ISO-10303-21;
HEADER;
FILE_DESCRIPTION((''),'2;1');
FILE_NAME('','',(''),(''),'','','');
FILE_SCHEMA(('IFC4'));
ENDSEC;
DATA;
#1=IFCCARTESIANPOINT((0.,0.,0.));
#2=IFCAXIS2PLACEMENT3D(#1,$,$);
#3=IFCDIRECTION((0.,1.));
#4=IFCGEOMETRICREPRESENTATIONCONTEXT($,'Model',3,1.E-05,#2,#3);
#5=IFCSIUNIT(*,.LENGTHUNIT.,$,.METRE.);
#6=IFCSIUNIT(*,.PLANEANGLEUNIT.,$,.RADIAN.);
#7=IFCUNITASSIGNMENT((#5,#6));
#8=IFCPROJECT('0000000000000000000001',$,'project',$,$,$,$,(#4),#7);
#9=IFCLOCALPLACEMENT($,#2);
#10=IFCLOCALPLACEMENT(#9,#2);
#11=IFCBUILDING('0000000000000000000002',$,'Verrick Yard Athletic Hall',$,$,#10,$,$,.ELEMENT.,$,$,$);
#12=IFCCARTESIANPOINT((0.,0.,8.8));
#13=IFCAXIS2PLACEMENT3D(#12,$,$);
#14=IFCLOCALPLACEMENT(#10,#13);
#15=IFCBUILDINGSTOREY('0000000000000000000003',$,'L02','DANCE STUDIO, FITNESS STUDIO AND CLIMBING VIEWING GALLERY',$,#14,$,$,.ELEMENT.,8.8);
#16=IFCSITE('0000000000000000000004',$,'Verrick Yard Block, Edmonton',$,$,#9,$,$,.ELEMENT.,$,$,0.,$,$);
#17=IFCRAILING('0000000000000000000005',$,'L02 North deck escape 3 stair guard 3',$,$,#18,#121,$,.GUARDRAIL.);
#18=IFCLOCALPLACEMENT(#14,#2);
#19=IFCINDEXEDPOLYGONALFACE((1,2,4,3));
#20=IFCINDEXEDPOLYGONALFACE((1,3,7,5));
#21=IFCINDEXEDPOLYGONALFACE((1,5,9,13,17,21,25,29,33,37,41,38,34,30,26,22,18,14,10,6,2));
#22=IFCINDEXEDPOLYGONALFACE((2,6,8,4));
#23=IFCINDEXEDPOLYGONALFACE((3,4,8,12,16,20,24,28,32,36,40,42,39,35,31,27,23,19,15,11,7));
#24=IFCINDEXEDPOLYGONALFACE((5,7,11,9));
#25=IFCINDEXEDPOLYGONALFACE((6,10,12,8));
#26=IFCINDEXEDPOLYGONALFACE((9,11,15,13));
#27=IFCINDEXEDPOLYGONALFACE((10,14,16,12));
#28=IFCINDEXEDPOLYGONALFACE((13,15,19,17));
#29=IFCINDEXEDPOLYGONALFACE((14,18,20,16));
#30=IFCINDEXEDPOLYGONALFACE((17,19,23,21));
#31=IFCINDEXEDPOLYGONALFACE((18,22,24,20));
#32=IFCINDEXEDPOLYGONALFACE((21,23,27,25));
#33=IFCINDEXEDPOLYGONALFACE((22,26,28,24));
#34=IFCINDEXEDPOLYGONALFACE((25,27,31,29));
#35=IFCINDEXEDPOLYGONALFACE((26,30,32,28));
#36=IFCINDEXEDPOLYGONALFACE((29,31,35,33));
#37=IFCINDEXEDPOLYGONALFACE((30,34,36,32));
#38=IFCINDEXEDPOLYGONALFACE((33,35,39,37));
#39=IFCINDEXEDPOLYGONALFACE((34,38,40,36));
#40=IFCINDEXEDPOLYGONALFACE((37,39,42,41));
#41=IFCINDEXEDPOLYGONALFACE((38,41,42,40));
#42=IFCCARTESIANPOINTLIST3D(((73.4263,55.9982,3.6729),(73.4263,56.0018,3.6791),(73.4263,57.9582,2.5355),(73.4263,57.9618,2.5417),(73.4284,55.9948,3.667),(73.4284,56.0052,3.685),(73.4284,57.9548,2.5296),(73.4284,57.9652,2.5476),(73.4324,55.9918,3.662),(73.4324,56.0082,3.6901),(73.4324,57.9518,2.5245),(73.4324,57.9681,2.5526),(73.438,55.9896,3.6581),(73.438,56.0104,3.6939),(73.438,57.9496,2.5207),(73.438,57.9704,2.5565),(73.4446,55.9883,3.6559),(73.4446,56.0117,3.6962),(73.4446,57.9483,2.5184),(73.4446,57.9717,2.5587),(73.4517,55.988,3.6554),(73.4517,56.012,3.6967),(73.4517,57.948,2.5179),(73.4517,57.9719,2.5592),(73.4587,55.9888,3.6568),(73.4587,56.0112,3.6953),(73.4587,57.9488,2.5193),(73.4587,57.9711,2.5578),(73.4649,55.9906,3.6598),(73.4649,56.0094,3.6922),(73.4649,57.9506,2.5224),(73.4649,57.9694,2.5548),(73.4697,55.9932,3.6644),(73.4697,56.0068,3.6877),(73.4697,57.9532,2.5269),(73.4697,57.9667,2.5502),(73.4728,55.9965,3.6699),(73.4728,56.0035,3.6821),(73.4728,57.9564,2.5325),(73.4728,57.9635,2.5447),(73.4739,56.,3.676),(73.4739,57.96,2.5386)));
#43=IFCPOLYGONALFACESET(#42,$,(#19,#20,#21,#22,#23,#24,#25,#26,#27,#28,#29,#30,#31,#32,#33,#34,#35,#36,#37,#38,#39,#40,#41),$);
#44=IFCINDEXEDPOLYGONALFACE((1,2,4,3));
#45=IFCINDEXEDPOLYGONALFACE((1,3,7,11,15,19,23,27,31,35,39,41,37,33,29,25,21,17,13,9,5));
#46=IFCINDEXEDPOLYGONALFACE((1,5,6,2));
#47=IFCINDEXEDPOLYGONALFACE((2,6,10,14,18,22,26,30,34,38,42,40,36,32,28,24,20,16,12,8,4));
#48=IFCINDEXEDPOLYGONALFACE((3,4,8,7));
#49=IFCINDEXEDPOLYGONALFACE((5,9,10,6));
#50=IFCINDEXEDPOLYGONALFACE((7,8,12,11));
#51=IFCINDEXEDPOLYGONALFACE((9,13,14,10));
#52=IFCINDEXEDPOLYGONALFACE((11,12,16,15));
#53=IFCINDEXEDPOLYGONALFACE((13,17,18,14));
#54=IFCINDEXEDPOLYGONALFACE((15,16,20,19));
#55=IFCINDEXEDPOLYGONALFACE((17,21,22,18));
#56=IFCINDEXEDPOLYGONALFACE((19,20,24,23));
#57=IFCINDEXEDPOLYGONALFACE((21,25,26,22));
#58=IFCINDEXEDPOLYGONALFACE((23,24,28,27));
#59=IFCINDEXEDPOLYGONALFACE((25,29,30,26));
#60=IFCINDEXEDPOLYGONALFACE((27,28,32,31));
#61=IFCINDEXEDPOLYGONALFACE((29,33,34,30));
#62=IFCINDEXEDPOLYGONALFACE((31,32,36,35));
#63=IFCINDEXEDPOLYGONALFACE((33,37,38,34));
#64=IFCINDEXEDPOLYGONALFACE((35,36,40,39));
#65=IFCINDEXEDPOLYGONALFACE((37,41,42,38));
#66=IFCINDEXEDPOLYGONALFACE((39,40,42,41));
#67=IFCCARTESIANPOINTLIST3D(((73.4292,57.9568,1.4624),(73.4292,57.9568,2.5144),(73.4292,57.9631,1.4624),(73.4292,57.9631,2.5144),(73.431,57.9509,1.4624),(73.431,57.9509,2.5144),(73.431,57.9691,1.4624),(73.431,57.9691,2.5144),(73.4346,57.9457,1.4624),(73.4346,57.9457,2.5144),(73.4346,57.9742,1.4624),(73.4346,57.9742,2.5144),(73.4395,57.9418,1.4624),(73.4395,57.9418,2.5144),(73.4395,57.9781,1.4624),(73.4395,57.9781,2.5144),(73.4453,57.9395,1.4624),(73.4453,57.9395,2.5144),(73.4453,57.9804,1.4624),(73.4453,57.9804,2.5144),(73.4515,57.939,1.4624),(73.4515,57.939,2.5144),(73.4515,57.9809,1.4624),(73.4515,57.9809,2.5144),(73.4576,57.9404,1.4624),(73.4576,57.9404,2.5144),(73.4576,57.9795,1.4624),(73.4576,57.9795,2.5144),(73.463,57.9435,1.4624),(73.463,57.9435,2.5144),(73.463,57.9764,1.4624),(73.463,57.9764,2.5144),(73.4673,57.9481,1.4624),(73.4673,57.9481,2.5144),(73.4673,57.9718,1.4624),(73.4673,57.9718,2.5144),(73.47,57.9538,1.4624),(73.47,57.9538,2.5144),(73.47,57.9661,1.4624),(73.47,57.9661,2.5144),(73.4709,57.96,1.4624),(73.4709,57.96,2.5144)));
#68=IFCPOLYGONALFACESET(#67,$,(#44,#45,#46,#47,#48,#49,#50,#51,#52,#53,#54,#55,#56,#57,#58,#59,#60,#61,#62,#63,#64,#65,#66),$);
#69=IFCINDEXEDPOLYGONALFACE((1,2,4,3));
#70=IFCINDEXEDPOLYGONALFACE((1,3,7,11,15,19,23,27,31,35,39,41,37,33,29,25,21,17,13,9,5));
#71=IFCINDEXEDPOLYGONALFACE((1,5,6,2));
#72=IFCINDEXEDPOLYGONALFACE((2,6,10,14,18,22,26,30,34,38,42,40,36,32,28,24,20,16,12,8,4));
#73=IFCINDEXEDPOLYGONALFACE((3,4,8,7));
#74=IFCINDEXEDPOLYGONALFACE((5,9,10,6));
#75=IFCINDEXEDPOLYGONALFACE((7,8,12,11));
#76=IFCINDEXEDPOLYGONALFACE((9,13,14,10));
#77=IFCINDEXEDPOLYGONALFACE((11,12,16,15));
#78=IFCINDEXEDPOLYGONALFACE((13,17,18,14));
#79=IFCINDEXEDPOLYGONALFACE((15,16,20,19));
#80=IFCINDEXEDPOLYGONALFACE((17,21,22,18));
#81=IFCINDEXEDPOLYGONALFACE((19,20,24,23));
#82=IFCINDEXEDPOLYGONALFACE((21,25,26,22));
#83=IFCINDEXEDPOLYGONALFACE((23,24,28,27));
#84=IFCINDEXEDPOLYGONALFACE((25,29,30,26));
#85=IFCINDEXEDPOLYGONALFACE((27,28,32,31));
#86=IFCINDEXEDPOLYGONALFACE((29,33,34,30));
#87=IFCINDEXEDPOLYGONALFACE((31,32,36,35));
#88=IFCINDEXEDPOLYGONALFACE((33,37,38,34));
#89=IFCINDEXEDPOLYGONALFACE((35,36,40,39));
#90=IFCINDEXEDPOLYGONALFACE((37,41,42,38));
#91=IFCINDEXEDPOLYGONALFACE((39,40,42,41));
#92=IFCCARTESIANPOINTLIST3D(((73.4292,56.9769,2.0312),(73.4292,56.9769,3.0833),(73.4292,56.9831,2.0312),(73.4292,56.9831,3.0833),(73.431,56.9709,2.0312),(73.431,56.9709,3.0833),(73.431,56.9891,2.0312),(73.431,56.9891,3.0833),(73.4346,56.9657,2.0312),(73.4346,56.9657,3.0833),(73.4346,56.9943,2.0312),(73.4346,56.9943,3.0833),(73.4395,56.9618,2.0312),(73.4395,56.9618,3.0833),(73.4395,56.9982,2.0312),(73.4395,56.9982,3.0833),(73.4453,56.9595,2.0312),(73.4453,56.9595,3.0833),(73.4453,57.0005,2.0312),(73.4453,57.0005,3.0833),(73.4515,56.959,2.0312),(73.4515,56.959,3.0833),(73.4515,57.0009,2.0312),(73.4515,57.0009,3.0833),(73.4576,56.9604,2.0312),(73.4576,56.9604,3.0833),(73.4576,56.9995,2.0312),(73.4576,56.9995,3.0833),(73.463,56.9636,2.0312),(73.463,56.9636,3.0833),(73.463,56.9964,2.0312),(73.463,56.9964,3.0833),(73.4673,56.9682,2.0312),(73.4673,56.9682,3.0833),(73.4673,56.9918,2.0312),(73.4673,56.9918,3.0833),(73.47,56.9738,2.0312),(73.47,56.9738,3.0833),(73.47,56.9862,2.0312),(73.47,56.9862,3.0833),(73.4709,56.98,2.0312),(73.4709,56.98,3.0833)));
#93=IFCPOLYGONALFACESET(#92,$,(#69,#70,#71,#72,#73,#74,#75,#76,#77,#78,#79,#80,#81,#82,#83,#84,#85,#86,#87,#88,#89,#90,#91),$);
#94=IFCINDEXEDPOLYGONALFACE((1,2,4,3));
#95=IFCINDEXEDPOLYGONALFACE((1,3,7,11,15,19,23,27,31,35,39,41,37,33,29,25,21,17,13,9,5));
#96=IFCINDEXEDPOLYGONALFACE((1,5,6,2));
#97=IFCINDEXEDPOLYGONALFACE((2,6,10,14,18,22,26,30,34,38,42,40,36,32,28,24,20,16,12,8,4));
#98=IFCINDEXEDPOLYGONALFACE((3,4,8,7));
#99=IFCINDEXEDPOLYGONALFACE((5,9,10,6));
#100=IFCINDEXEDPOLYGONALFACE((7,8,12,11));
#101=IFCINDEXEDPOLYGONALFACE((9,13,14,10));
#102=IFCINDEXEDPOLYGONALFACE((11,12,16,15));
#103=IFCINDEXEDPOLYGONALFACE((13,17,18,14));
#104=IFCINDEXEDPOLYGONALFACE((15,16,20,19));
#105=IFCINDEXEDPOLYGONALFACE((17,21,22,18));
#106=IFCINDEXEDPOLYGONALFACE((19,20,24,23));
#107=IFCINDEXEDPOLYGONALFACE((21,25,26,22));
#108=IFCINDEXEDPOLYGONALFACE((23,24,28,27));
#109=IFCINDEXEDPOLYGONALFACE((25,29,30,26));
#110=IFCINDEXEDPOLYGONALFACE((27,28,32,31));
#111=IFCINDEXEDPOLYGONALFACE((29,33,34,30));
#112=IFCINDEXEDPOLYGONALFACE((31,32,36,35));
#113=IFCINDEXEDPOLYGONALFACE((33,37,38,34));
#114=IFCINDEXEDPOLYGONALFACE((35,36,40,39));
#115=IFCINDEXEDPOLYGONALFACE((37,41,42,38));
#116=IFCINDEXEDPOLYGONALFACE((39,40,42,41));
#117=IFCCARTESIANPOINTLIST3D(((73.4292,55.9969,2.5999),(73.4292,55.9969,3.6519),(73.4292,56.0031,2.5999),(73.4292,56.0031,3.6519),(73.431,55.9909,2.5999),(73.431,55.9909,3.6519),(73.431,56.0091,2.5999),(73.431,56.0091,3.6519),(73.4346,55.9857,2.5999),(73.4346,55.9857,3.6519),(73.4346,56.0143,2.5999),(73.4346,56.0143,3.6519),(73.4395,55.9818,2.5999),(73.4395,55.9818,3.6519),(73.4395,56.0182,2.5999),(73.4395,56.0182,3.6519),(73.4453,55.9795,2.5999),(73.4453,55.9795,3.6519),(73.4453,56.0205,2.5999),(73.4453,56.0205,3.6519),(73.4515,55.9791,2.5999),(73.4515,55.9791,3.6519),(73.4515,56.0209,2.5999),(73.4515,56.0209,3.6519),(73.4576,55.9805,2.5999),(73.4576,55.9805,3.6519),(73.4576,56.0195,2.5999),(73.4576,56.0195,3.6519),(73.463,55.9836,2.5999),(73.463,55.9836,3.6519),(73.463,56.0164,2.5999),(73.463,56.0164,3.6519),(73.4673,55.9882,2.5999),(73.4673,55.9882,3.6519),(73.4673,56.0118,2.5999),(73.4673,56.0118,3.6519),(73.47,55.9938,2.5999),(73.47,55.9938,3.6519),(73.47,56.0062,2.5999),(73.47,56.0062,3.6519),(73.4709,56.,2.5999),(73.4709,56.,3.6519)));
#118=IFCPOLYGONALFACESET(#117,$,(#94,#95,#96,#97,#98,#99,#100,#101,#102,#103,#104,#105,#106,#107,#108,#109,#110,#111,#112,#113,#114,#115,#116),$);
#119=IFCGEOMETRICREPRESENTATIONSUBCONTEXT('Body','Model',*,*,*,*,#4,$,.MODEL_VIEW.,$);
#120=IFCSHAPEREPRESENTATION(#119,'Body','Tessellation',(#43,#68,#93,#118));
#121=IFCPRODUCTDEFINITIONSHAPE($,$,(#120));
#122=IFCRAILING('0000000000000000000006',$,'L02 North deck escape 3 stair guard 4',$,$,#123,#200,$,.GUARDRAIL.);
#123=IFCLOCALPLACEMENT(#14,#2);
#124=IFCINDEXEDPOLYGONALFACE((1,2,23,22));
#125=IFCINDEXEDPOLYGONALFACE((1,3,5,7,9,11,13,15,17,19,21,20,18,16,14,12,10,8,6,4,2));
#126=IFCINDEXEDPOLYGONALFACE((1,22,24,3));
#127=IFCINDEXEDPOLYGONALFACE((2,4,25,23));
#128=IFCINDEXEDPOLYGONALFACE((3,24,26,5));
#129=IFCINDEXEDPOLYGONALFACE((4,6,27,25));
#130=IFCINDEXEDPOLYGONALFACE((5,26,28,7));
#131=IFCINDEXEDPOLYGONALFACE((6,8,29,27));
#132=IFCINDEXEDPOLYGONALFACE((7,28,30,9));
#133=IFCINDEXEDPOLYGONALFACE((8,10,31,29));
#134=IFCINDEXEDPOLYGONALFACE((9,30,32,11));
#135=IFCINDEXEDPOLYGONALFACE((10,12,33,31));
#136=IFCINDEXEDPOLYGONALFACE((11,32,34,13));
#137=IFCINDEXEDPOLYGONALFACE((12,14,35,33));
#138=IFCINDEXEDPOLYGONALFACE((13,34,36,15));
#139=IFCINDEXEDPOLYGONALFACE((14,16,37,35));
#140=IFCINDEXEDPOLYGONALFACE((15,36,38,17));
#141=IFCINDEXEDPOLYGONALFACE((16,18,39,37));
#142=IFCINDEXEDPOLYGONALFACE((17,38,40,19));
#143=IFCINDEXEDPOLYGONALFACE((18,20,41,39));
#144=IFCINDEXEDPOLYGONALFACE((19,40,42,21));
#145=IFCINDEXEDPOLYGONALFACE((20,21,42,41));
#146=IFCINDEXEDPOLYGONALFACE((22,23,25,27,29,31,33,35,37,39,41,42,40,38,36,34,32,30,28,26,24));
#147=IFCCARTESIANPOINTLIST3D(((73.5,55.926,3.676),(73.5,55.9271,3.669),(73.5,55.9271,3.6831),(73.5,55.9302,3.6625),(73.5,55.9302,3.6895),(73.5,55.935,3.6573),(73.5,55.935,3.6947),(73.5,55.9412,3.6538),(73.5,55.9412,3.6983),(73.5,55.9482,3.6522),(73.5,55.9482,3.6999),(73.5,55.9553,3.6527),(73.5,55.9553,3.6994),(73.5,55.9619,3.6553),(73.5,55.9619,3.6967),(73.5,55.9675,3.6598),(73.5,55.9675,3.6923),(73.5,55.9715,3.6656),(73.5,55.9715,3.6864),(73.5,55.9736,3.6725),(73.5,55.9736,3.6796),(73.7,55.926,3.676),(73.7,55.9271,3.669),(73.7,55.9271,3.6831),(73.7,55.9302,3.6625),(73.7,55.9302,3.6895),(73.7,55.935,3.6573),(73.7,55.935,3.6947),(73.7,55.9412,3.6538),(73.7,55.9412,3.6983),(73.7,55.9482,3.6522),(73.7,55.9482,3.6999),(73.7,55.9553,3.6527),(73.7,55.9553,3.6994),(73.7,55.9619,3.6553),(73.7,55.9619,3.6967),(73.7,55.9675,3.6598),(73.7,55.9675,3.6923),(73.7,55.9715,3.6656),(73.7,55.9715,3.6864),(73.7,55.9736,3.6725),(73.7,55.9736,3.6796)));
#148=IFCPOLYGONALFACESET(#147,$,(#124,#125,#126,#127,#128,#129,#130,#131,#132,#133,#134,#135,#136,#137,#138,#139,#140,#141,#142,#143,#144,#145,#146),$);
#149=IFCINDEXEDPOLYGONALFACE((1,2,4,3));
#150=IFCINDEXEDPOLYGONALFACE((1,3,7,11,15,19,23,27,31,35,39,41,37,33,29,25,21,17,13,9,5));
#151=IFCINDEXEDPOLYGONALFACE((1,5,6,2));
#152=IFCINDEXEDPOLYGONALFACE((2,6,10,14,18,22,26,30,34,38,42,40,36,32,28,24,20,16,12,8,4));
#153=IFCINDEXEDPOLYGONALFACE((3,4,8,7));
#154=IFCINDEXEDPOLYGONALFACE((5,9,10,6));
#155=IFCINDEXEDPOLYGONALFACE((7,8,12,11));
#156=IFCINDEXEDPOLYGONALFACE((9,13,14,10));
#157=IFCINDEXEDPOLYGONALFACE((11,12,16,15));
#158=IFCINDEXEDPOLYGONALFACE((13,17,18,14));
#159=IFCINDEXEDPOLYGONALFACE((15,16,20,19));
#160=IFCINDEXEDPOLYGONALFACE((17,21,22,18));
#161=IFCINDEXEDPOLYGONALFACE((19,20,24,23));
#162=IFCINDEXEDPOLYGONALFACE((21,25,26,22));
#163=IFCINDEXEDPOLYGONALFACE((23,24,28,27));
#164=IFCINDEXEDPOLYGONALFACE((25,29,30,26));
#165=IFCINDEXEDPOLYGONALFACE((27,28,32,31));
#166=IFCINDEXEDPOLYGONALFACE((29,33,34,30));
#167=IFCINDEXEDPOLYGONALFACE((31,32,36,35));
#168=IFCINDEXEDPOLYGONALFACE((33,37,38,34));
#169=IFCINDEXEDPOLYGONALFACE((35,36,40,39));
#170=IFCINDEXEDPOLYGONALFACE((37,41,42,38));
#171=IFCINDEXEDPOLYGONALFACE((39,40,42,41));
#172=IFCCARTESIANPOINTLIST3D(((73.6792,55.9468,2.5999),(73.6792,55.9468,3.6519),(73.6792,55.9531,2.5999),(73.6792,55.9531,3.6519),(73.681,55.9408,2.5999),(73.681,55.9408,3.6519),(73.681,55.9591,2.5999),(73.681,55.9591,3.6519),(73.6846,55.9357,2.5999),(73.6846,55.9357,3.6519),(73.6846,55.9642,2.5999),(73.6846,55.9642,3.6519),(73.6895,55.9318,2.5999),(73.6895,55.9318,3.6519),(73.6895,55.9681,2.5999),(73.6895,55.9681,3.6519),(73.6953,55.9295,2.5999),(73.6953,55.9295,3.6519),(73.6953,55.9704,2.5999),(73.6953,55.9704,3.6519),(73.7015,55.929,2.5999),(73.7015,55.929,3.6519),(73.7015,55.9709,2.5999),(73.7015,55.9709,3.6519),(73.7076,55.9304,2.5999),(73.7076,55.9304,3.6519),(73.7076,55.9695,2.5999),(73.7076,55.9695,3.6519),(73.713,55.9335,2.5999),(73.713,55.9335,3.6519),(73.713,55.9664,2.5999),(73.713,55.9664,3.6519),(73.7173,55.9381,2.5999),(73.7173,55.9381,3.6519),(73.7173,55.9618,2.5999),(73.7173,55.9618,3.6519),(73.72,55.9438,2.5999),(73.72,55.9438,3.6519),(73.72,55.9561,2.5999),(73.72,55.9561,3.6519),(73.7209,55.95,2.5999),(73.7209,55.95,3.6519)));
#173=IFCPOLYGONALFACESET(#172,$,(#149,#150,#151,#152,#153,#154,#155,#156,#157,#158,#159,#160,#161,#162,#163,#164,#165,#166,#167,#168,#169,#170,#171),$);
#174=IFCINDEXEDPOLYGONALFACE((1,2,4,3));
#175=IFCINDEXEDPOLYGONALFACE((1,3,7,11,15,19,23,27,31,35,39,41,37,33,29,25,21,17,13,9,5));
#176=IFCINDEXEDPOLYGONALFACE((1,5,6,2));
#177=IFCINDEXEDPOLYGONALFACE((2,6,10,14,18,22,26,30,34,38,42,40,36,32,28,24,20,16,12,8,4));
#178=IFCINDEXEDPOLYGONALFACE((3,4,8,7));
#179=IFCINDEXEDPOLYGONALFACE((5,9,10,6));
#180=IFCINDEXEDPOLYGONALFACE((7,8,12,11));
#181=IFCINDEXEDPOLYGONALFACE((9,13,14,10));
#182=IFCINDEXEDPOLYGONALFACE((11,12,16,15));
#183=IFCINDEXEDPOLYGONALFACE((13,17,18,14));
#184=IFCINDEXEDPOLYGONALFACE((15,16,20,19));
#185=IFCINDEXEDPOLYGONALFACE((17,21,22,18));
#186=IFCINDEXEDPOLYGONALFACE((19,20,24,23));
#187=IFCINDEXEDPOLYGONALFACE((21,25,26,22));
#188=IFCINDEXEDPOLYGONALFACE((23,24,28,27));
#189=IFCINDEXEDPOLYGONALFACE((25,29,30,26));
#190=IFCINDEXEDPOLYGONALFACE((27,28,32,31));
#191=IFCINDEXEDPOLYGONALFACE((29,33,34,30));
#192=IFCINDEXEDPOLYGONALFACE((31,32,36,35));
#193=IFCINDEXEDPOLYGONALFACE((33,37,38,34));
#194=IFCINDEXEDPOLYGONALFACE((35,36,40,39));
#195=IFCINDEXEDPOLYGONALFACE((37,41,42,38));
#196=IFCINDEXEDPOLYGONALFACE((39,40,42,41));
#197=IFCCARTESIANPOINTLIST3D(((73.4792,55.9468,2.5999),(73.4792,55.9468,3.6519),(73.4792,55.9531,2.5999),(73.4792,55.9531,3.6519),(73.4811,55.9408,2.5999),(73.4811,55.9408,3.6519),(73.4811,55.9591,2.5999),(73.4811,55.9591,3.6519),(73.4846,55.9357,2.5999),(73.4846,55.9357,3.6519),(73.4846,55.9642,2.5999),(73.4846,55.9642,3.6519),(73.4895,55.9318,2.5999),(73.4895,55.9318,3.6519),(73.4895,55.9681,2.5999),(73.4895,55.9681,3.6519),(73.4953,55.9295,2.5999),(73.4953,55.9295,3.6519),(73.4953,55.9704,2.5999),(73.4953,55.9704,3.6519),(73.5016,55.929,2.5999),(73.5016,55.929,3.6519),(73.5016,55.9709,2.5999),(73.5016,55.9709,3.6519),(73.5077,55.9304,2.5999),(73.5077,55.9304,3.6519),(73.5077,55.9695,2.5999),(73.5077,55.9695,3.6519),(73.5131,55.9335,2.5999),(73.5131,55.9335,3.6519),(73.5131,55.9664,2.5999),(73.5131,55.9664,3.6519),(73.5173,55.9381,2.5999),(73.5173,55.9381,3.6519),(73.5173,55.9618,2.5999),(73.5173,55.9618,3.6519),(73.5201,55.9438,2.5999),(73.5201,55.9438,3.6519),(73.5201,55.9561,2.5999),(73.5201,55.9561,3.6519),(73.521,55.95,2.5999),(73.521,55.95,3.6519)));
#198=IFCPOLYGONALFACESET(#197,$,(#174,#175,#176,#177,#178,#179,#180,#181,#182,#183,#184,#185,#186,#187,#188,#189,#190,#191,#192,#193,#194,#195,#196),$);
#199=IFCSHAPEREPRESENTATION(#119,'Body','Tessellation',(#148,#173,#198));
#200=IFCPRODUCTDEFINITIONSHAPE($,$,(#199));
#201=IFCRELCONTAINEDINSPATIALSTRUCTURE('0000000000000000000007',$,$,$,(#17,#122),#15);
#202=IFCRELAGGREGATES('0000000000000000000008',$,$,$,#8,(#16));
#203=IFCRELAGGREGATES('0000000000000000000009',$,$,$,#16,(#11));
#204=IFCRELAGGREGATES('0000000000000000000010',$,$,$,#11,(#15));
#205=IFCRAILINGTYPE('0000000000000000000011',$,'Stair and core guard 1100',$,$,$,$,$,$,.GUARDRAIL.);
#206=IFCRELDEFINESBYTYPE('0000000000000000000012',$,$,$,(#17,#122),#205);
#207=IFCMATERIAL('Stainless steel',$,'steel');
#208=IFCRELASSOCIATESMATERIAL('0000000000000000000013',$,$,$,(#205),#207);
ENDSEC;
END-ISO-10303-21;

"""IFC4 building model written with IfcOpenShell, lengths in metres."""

from ifc_helpers import new_model, si_unit, direction, frame, origin, origin_2d, place, context, subcontext, project, spatial, circle, extrude, material, type_object, element, save


model = new_model("IFC4")

# Units and contexts
model_context = context("Model", 3, precision=1e-05, world=origin(), true_north=direction((0.0, 1.0)))
body_context = subcontext(model_context, "Body", "Model", "MODEL_VIEW")
ifc_project = project(units=[si_unit("LENGTHUNIT", "METRE"), si_unit("PLANEANGLEUNIT", "RADIAN")], contexts=[model_context])

# Site, building, storey
site_placement = place(None, origin())
site = spatial("IfcSite", under=ifc_project, at=site_placement, Name="Verrick Yard Block, Edmonton", CompositionType="ELEMENT", RefElevation=0.0)
building_placement = place(site_placement, origin())
building = spatial("IfcBuilding", under=site, at=building_placement, Name="Verrick Yard Athletic Hall", CompositionType="ELEMENT")
storey_placement = place(building_placement, frame((0.0, 0.0, 8.8)))
storey = spatial("IfcBuildingStorey", under=building, at=storey_placement, Name="L02", Description="DANCE STUDIO, FITNESS STUDIO AND CLIMBING VIEWING GALLERY", CompositionType="ELEMENT", Elevation=8.8)

# Railings
ifc_material_1 = material(Name="Stainless steel", Category="steel")
railing_type_1 = type_object("IfcRailingType", Name="Stair and core guard 1100", PredefinedType="GUARDRAIL", material=ifc_material_1)
railing_1_placement = place(storey_placement, frame((73.45, 57.96, 1.4624)))
element("IfcRailing", 1, at=railing_1_placement, inside=storey, type_object=railing_type_1, Name="L02 North deck escape 3 stair guard 3", PredefinedType="GUARDRAIL", context=body_context, shape_type="SweptSolid", body=[
    extrude(circle(Radius=0.0239, at=origin_2d()), frame((0.0, 0.0, 1.0762), z_axis=(0.0, -0.864902, 0.501941), x_axis=(1.0, 0.0, 0.0)), (0.0, 0.0, 1.0), 2.2661),
    extrude(circle(Radius=0.021, at=origin_2d()), origin(), (0.0, 0.0, 1.0), 1.052),
    extrude(circle(Radius=0.021, at=origin_2d()), frame((0.0, -0.98, 0.5688)), (0.0, 0.0, 1.0), 1.052),
    extrude(circle(Radius=0.021, at=origin_2d()), frame((0.0, -1.96, 1.1375)), (0.0, 0.0, 1.0), 1.052),
])
railing_2_placement = place(storey_placement, frame((73.7, 55.95, 2.5999)))
element("IfcRailing", 2, at=railing_2_placement, inside=storey, type_object=railing_type_1, Name="L02 North deck escape 3 stair guard 4", PredefinedType="GUARDRAIL", context=body_context, shape_type="SweptSolid", body=[
    extrude(circle(Radius=0.0239, at=origin_2d()), frame((0.0, 0.0, 1.0762), z_axis=(-1.0, 0.0, 0.0), x_axis=(0.0, -1.0, 0.0)), (0.0, 0.0, 1.0), 0.2),
    extrude(circle(Radius=0.021, at=origin_2d()), origin(), (0.0, 0.0, 1.0), 1.052),
    extrude(circle(Radius=0.021, at=origin_2d()), frame((-0.2, 0.0, 0.0)), (0.0, 0.0, 1.0), 1.052),
])

save(model, "model.ifc")
